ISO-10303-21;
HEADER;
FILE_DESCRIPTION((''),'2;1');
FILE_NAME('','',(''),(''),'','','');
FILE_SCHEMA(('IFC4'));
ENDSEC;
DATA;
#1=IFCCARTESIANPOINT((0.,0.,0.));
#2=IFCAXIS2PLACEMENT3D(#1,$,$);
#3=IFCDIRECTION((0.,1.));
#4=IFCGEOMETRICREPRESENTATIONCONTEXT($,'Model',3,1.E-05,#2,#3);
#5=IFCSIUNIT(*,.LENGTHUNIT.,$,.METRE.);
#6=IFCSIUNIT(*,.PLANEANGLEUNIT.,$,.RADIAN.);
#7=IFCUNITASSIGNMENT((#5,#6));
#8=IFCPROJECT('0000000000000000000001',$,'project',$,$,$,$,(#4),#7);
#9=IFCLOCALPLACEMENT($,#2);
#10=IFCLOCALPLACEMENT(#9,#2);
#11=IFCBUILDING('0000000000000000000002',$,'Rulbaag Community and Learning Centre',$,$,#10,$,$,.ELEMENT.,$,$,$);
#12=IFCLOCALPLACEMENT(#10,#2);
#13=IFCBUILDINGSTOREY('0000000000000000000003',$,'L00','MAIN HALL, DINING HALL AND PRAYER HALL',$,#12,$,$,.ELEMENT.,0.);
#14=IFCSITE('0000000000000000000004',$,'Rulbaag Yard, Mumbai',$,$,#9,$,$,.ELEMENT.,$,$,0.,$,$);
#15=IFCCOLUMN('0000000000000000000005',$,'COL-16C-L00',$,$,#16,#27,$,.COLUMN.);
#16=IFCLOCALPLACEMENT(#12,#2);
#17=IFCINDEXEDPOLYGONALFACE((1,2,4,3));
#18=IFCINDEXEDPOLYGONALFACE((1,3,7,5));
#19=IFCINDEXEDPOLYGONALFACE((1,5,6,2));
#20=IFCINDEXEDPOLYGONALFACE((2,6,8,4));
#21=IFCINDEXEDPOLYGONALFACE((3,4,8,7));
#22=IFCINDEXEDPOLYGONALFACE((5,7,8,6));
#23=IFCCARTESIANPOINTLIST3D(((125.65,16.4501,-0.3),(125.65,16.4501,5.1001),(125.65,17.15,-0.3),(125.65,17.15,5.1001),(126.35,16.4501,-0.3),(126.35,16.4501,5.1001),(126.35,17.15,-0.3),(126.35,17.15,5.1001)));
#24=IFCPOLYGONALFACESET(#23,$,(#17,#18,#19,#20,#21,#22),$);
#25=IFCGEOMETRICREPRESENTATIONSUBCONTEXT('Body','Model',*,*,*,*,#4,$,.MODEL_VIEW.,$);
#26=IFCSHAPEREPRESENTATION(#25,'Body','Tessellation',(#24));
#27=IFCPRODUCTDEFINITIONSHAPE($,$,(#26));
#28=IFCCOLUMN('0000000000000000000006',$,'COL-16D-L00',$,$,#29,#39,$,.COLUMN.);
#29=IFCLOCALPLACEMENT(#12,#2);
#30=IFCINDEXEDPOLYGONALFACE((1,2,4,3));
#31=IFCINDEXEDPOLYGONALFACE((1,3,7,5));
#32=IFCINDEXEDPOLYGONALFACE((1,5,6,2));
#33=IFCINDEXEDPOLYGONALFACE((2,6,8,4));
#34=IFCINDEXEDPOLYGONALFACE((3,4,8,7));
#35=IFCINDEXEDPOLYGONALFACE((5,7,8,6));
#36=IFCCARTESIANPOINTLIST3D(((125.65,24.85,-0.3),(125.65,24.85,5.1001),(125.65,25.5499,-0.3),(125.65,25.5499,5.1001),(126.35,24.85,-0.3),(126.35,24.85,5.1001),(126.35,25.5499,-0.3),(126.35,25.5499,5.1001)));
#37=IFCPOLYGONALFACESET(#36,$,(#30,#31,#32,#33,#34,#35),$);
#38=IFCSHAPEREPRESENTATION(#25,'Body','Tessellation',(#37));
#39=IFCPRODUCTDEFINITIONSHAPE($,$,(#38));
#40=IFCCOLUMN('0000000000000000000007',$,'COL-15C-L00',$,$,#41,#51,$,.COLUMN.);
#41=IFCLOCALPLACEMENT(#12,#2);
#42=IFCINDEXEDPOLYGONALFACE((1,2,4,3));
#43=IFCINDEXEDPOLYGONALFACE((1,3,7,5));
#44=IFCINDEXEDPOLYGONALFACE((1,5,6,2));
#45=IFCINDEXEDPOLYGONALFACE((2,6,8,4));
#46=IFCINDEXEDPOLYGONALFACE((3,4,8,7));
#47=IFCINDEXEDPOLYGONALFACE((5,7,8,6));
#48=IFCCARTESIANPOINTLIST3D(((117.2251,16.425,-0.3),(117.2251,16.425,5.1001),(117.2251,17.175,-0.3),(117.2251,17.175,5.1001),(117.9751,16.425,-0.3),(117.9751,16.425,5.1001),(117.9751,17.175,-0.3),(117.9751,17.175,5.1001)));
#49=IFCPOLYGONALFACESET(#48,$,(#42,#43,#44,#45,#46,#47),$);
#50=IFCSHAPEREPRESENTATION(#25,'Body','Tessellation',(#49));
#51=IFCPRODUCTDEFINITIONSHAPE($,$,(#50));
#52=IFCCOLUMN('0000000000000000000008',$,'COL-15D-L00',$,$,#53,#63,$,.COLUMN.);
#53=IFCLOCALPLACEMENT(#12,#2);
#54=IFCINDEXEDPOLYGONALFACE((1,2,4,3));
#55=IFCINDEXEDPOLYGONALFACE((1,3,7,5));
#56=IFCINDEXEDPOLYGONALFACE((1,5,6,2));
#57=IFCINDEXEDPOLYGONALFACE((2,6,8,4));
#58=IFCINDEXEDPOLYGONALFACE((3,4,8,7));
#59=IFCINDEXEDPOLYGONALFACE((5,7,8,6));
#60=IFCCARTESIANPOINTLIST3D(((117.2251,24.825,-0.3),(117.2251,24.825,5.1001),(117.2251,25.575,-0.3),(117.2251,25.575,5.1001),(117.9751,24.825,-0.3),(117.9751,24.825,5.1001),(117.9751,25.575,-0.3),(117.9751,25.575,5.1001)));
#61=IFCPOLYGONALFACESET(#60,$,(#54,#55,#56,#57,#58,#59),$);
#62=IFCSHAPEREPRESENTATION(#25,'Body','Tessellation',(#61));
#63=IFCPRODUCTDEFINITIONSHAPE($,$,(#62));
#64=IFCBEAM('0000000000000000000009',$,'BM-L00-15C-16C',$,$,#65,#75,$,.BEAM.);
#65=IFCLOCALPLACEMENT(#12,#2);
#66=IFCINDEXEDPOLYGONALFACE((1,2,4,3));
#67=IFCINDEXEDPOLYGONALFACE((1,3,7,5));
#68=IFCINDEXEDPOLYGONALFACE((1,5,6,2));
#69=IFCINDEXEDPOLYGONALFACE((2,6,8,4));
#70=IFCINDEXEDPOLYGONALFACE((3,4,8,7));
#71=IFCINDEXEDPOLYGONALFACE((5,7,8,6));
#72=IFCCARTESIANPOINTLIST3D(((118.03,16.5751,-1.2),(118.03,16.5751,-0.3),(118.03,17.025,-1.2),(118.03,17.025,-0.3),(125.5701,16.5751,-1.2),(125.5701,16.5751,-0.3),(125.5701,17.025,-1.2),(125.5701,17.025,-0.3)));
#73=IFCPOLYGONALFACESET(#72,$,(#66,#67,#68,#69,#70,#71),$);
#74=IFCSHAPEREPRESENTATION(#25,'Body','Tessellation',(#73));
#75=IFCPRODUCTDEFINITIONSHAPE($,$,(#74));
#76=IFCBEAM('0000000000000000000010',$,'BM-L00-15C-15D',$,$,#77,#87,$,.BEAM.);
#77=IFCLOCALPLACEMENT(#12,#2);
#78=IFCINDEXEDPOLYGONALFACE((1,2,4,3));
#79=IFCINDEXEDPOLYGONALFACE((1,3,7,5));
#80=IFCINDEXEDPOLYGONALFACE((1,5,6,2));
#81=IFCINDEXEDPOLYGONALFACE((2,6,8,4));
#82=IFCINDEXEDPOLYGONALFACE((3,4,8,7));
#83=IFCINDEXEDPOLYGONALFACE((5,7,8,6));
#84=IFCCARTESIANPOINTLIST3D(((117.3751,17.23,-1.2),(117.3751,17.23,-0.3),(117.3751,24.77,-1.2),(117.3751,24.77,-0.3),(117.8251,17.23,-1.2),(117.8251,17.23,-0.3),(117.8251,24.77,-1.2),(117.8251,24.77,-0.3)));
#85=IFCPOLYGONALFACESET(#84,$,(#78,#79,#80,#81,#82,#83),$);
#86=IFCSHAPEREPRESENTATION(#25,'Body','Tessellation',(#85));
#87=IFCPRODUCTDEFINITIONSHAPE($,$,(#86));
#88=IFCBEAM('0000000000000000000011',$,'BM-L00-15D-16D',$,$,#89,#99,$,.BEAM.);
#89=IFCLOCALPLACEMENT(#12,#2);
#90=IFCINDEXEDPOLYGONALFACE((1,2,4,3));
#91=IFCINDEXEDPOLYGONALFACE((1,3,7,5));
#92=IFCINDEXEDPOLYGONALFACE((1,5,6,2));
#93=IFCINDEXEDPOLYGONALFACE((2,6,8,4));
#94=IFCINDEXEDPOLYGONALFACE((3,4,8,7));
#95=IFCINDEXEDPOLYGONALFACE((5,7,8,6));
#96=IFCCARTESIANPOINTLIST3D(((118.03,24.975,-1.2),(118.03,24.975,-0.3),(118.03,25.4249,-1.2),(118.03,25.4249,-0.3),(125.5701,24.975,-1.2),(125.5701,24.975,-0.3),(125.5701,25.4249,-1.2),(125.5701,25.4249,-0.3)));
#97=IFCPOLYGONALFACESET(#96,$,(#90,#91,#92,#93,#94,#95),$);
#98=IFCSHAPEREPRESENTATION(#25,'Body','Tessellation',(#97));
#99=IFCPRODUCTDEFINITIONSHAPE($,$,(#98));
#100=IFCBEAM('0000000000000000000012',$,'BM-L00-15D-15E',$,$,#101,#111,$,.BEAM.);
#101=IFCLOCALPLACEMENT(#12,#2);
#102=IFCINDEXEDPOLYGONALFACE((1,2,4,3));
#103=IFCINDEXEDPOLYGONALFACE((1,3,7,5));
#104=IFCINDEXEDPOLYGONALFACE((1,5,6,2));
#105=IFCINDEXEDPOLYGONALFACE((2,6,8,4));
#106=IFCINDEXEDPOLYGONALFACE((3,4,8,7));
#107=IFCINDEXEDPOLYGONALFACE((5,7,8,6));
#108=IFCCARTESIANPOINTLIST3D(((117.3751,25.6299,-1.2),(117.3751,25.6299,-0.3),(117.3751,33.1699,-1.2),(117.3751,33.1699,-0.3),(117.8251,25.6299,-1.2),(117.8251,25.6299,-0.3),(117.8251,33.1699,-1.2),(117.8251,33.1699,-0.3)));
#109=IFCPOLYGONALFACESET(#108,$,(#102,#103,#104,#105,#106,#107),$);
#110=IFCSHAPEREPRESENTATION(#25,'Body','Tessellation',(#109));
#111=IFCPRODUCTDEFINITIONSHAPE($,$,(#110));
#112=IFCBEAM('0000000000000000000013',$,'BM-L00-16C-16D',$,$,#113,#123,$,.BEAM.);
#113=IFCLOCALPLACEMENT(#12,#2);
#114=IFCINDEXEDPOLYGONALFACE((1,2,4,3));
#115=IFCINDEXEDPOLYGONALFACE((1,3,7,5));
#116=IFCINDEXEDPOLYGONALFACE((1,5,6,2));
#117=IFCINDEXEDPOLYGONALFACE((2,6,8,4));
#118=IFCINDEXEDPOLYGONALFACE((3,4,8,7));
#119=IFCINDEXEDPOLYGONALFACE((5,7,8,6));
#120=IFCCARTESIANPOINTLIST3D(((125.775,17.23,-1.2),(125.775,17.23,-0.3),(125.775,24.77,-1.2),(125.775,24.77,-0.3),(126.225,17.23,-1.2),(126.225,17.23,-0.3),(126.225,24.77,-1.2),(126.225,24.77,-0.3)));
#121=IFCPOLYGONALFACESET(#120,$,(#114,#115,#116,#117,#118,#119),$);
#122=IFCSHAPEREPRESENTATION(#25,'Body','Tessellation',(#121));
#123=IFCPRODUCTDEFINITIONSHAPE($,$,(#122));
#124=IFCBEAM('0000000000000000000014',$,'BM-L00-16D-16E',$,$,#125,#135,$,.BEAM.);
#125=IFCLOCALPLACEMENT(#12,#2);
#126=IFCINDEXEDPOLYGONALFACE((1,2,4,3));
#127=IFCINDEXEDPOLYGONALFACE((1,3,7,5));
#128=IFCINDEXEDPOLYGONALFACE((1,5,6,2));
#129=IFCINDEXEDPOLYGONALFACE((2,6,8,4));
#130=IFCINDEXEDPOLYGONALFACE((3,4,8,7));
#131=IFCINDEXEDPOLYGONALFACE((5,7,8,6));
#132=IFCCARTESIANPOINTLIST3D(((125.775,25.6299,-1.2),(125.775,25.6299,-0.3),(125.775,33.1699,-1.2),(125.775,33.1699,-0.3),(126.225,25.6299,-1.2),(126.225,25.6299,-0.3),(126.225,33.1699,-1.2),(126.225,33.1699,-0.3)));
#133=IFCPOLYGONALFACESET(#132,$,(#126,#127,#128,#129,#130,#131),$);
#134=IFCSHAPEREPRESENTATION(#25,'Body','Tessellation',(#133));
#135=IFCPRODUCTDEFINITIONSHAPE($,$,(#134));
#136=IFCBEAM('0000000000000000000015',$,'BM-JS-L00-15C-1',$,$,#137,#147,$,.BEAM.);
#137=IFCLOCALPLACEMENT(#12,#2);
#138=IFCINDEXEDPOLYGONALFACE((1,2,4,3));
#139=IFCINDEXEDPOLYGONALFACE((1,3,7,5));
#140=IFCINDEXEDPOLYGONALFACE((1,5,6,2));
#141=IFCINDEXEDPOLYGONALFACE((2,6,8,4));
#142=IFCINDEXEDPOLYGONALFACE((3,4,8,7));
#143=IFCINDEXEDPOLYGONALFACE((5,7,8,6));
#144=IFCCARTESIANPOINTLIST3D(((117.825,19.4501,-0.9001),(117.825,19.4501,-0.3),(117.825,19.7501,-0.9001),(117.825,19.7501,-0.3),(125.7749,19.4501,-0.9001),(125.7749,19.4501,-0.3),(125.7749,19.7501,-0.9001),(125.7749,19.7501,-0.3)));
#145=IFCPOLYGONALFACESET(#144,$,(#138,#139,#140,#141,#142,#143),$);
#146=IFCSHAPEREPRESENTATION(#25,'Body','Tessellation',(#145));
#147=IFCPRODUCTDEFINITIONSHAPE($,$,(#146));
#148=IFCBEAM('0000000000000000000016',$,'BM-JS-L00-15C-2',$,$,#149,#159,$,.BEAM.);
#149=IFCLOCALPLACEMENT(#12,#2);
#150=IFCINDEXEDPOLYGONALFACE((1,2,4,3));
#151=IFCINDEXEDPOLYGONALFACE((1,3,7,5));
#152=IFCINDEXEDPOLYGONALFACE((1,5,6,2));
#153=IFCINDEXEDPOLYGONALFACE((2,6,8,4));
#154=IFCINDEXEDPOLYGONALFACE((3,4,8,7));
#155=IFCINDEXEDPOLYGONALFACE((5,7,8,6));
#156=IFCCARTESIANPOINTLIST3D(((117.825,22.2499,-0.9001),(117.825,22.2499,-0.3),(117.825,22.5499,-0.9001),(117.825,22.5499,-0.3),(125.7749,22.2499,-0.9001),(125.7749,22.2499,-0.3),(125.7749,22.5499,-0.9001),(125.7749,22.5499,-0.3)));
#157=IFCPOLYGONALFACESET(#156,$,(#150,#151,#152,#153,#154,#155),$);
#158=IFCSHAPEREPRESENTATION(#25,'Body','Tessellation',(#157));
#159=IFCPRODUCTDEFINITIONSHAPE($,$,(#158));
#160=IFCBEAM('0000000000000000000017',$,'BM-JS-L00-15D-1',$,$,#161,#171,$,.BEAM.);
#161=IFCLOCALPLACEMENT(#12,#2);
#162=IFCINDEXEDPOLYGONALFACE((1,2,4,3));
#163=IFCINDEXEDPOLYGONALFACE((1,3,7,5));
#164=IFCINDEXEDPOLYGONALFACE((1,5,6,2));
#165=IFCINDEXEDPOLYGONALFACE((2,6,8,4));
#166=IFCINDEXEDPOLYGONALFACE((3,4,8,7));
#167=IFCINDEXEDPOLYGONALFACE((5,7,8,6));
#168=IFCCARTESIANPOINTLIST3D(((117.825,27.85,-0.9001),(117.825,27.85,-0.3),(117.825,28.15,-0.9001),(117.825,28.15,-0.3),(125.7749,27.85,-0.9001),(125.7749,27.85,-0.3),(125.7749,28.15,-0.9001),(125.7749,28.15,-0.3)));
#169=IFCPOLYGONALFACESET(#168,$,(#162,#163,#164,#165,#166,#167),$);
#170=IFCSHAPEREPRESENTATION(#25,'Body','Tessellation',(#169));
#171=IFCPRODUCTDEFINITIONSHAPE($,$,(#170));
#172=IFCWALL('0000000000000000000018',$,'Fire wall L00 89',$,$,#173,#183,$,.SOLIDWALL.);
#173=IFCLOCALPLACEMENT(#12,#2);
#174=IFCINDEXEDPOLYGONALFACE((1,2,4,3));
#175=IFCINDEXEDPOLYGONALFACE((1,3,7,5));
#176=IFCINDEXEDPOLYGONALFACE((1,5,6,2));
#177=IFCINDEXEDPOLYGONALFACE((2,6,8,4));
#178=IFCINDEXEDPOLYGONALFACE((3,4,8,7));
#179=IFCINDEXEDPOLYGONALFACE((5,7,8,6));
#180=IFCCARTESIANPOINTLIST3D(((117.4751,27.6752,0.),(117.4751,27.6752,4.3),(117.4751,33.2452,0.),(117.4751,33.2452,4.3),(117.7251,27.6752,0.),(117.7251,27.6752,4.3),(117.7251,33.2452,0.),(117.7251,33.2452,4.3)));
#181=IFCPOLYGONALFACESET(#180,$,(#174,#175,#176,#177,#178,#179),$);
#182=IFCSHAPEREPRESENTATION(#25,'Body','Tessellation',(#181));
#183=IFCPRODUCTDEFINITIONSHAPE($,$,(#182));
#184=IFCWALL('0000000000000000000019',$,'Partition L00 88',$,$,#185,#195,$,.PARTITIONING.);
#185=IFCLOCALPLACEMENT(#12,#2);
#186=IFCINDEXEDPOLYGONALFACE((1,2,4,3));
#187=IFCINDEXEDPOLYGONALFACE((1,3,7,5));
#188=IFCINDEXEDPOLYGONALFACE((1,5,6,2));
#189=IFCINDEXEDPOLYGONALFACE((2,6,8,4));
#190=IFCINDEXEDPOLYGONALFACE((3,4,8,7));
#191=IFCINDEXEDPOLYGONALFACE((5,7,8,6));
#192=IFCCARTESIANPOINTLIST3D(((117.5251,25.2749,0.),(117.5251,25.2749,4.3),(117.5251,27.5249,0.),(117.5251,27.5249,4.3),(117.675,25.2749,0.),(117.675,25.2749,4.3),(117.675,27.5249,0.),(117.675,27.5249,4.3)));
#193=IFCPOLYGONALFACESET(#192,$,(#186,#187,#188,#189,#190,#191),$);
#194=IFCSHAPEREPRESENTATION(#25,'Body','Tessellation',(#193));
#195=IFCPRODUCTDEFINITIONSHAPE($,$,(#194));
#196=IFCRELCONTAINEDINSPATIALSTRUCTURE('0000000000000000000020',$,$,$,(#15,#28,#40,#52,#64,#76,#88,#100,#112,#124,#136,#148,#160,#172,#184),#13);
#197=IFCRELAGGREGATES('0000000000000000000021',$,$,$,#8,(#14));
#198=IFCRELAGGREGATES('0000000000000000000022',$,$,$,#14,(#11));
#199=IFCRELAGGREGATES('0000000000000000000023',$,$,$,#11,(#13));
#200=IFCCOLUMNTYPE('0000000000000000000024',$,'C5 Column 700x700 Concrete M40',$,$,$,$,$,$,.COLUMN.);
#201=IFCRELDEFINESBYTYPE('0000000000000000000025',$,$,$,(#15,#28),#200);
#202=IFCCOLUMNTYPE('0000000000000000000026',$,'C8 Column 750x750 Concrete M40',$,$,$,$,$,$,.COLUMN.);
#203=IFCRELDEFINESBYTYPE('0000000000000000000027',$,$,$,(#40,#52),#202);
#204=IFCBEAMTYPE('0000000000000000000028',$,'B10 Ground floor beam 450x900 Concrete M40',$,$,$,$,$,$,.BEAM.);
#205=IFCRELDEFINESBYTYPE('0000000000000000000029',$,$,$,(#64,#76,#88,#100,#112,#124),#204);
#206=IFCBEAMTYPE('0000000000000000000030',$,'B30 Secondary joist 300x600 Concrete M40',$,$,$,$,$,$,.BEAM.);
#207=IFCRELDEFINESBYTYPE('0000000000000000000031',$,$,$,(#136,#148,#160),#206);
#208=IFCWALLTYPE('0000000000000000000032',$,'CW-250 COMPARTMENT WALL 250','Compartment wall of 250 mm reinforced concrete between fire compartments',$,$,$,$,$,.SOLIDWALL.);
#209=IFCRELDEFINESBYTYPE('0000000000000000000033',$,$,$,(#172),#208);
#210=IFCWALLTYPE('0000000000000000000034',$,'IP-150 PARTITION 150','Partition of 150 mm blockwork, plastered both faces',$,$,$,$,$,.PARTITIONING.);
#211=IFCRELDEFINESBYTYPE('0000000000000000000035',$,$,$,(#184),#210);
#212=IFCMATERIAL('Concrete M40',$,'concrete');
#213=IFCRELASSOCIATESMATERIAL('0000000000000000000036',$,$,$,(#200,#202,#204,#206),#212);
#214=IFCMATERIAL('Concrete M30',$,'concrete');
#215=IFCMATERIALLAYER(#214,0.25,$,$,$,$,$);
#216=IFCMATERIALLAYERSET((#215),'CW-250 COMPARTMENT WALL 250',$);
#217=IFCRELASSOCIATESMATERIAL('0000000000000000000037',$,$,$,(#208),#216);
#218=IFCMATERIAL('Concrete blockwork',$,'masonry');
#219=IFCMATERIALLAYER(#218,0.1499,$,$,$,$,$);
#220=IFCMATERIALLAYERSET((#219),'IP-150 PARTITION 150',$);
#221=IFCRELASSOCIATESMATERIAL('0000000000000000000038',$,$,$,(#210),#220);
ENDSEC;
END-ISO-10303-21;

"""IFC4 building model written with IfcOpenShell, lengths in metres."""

from ifc_helpers import new_model, si_unit, direction, frame, frame_2d, origin, origin_2d, place, context, subcontext, project, spatial, rectangle, extrude, material, layer, layer_set, material_profile, profile_set, type_object, element, save


model = new_model("IFC4")

# Units and contexts
model_context = context("Model", 3, precision=1e-05, world=origin(), true_north=direction((0.0, 1.0)))
body_context = subcontext(model_context, "Body", "Model", "MODEL_VIEW")
ifc_project = project(units=[si_unit("LENGTHUNIT", "METRE"), si_unit("PLANEANGLEUNIT", "RADIAN")], contexts=[model_context])

# Site, building, storey
site_placement = place(None, origin())
site = spatial("IfcSite", under=ifc_project, at=site_placement, Name="Rulbaag Yard, Mumbai", CompositionType="ELEMENT", RefElevation=0.0)
building_placement = place(site_placement, origin())
building = spatial("IfcBuilding", under=site, at=building_placement, Name="Rulbaag Community and Learning Centre", CompositionType="ELEMENT")
storey_placement = place(building_placement, origin())
storey = spatial("IfcBuildingStorey", under=building, at=storey_placement, Name="L00", Description="MAIN HALL, DINING HALL AND PRAYER HALL", CompositionType="ELEMENT", Elevation=0.0)

# Columns
ifc_material_1 = material(Name="Concrete M40", Category="concrete")
ifc_material_profile_1 = material_profile(ifc_material_1, rectangle(XDim=0.7, YDim=0.7, at=origin_2d()), Name="RC700x700")
ifc_profile_set_1 = profile_set([ifc_material_profile_1], Name="Concrete M40")
column_type_1 = type_object("IfcColumnType", Name="C5 Column 700x700 Concrete M40", PredefinedType="COLUMN", material=ifc_profile_set_1)
for number, where, z_axis, x_axis, name in (
    (1, (126.0, 16.8, -0.3), (0.0, 0.0, 1.0), (1.0, 0.0, 0.0), "COL-16C-L00"),
    (2, (126.0, 25.2, -0.3), (0.0, 0.0, 1.0), (1.0, 0.0, 0.0), "COL-16D-L00"),
):
    element("IfcColumn", number, at=place(storey_placement, frame(where, z_axis=z_axis, x_axis=x_axis)), inside=storey, type_object=column_type_1, Name=name, PredefinedType="COLUMN", context=body_context, shape_type="SweptSolid", body=[
        extrude(rectangle(XDim=0.7, YDim=0.7, at=origin_2d()), origin(), (0.0, 0.0, 1.0), 5.4001),
    ])
ifc_material_profile_2 = material_profile(ifc_material_1, rectangle(XDim=0.75, YDim=0.75, at=origin_2d()), Name="RC750x750")
ifc_profile_set_2 = profile_set([ifc_material_profile_2], Name="Concrete M40")
column_type_2 = type_object("IfcColumnType", Name="C8 Column 750x750 Concrete M40", PredefinedType="COLUMN", material=ifc_profile_set_2)
for number, where, z_axis, x_axis, name in (
    (3, (117.6001, 16.8, -0.3), (0.0, 0.0, 1.0), (1.0, 0.0, 0.0), "COL-15C-L00"),
    (4, (117.6001, 25.2, -0.3), (0.0, 0.0, 1.0), (1.0, 0.0, 0.0), "COL-15D-L00"),
):
    element("IfcColumn", number, at=place(storey_placement, frame(where, z_axis=z_axis, x_axis=x_axis)), inside=storey, type_object=column_type_2, Name=name, PredefinedType="COLUMN", context=body_context, shape_type="SweptSolid", body=[
        extrude(rectangle(XDim=0.75, YDim=0.75, at=origin_2d()), origin(), (0.0, 0.0, 1.0), 5.4001),
    ])

# Beams
ifc_material_profile_3 = material_profile(ifc_material_1, rectangle(XDim=0.45, YDim=0.8999, at=origin_2d()), Name="RB450x900")
ifc_profile_set_3 = profile_set([ifc_material_profile_3], Name="Concrete M40")
beam_type_1 = type_object("IfcBeamType", Name="B10 Ground floor beam 450x900 Concrete M40", PredefinedType="BEAM", material=ifc_profile_set_3)
for number, where, z_axis, x_axis, name in (
    (5, (118.03, 16.8, -0.75), (1.0, 0.0, 0.0), (0.0, 1.0, 0.0), "BM-L00-15C-16C"),
    (6, (117.6001, 17.23, -0.75), (0.0, 1.0, 0.0), (-1.0, 0.0, 0.0), "BM-L00-15C-15D"),
    (7, (118.03, 25.2, -0.75), (1.0, 0.0, 0.0), (0.0, 1.0, 0.0), "BM-L00-15D-16D"),
    (8, (117.6001, 25.6299, -0.75), (0.0, 1.0, 0.0), (-1.0, 0.0, 0.0), "BM-L00-15D-15E"),
    (9, (126.0, 17.23, -0.75), (0.0, 1.0, 0.0), (-1.0, 0.0, 0.0), "BM-L00-16C-16D"),
    (10, (126.0, 25.6299, -0.75), (0.0, 1.0, 0.0), (-1.0, 0.0, 0.0), "BM-L00-16D-16E"),
):
    element("IfcBeam", number, at=place(storey_placement, frame(where, z_axis=z_axis, x_axis=x_axis)), inside=storey, type_object=beam_type_1, Name=name, PredefinedType="BEAM", context=body_context, shape_type="SweptSolid", body=[
        extrude(rectangle(XDim=0.45, YDim=0.8999, at=origin_2d()), origin(), (0.0, 0.0, 1.0), 7.54),
    ])
ifc_material_profile_4 = material_profile(ifc_material_1, rectangle(XDim=0.3, YDim=0.6001, at=origin_2d()), Name="RB300x600")
ifc_profile_set_4 = profile_set([ifc_material_profile_4], Name="Concrete M40")
beam_type_2 = type_object("IfcBeamType", Name="B30 Secondary joist 300x600 Concrete M40", PredefinedType="BEAM", material=ifc_profile_set_4)
for number, where, z_axis, x_axis, name in (
    (11, (117.825, 19.6001, -0.6001), (1.0, 0.0, 0.0), (0.0, 1.0, 0.0), "BM-JS-L00-15C-1"),
    (12, (117.825, 22.3999, -0.6001), (1.0, 0.0, 0.0), (0.0, 1.0, 0.0), "BM-JS-L00-15C-2"),
    (13, (117.825, 28.0, -0.6001), (1.0, 0.0, 0.0), (0.0, 1.0, 0.0), "BM-JS-L00-15D-1"),
):
    element("IfcBeam", number, at=place(storey_placement, frame(where, z_axis=z_axis, x_axis=x_axis)), inside=storey, type_object=beam_type_2, Name=name, PredefinedType="BEAM", context=body_context, shape_type="SweptSolid", body=[
        extrude(rectangle(XDim=0.3, YDim=0.6001, at=origin_2d()), origin(), (0.0, 0.0, 1.0), 7.95),
    ])

# Walls
ifc_material_2 = material(Name="Concrete M30", Category="concrete")
ifc_layer_1 = layer(ifc_material_2, 0.25)
ifc_layer_set_1 = layer_set([ifc_layer_1], Name="CW-250 COMPARTMENT WALL 250")
wall_type_1 = type_object("IfcWallType", Name="CW-250 COMPARTMENT WALL 250", Description="Compartment wall of 250 mm reinforced concrete between fire compartments", PredefinedType="SOLIDWALL", material=ifc_layer_set_1)
wall_1_placement = place(storey_placement, frame((117.6001, 27.675, 0.0), z_axis=(0.0, 0.0, 1.0), x_axis=(0.0, 1.0, 0.0)))
element("IfcWall", 14, at=wall_1_placement, inside=storey, type_object=wall_type_1, Name="Fire wall L00 89", PredefinedType="SOLIDWALL", context=body_context, shape_type="SweptSolid", body=[
    extrude(rectangle(XDim=5.5701, YDim=0.25, at=frame_2d((2.7852, 0.0))), origin(), (0.0, 0.0, 1.0), 4.3),
])
ifc_material_3 = material(Name="Concrete blockwork", Category="masonry")
ifc_layer_2 = layer(ifc_material_3, 0.1499)
ifc_layer_set_2 = layer_set([ifc_layer_2], Name="IP-150 PARTITION 150")
wall_type_2 = type_object("IfcWallType", Name="IP-150 PARTITION 150", Description="Partition of 150 mm blockwork, plastered both faces", PredefinedType="PARTITIONING", material=ifc_layer_set_2)
wall_2_placement = place(storey_placement, frame((117.6001, 25.2749, 0.0), z_axis=(0.0, 0.0, 1.0), x_axis=(0.0, 1.0, 0.0)))
element("IfcWall", 15, at=wall_2_placement, inside=storey, type_object=wall_type_2, Name="Partition L00 88", PredefinedType="PARTITIONING", context=body_context, shape_type="SweptSolid", body=[
    extrude(rectangle(XDim=2.25, YDim=0.1499, at=frame_2d((1.125, 0.0))), origin(), (0.0, 0.0, 1.0), 4.3),
])

save(model, "model.ifc")
